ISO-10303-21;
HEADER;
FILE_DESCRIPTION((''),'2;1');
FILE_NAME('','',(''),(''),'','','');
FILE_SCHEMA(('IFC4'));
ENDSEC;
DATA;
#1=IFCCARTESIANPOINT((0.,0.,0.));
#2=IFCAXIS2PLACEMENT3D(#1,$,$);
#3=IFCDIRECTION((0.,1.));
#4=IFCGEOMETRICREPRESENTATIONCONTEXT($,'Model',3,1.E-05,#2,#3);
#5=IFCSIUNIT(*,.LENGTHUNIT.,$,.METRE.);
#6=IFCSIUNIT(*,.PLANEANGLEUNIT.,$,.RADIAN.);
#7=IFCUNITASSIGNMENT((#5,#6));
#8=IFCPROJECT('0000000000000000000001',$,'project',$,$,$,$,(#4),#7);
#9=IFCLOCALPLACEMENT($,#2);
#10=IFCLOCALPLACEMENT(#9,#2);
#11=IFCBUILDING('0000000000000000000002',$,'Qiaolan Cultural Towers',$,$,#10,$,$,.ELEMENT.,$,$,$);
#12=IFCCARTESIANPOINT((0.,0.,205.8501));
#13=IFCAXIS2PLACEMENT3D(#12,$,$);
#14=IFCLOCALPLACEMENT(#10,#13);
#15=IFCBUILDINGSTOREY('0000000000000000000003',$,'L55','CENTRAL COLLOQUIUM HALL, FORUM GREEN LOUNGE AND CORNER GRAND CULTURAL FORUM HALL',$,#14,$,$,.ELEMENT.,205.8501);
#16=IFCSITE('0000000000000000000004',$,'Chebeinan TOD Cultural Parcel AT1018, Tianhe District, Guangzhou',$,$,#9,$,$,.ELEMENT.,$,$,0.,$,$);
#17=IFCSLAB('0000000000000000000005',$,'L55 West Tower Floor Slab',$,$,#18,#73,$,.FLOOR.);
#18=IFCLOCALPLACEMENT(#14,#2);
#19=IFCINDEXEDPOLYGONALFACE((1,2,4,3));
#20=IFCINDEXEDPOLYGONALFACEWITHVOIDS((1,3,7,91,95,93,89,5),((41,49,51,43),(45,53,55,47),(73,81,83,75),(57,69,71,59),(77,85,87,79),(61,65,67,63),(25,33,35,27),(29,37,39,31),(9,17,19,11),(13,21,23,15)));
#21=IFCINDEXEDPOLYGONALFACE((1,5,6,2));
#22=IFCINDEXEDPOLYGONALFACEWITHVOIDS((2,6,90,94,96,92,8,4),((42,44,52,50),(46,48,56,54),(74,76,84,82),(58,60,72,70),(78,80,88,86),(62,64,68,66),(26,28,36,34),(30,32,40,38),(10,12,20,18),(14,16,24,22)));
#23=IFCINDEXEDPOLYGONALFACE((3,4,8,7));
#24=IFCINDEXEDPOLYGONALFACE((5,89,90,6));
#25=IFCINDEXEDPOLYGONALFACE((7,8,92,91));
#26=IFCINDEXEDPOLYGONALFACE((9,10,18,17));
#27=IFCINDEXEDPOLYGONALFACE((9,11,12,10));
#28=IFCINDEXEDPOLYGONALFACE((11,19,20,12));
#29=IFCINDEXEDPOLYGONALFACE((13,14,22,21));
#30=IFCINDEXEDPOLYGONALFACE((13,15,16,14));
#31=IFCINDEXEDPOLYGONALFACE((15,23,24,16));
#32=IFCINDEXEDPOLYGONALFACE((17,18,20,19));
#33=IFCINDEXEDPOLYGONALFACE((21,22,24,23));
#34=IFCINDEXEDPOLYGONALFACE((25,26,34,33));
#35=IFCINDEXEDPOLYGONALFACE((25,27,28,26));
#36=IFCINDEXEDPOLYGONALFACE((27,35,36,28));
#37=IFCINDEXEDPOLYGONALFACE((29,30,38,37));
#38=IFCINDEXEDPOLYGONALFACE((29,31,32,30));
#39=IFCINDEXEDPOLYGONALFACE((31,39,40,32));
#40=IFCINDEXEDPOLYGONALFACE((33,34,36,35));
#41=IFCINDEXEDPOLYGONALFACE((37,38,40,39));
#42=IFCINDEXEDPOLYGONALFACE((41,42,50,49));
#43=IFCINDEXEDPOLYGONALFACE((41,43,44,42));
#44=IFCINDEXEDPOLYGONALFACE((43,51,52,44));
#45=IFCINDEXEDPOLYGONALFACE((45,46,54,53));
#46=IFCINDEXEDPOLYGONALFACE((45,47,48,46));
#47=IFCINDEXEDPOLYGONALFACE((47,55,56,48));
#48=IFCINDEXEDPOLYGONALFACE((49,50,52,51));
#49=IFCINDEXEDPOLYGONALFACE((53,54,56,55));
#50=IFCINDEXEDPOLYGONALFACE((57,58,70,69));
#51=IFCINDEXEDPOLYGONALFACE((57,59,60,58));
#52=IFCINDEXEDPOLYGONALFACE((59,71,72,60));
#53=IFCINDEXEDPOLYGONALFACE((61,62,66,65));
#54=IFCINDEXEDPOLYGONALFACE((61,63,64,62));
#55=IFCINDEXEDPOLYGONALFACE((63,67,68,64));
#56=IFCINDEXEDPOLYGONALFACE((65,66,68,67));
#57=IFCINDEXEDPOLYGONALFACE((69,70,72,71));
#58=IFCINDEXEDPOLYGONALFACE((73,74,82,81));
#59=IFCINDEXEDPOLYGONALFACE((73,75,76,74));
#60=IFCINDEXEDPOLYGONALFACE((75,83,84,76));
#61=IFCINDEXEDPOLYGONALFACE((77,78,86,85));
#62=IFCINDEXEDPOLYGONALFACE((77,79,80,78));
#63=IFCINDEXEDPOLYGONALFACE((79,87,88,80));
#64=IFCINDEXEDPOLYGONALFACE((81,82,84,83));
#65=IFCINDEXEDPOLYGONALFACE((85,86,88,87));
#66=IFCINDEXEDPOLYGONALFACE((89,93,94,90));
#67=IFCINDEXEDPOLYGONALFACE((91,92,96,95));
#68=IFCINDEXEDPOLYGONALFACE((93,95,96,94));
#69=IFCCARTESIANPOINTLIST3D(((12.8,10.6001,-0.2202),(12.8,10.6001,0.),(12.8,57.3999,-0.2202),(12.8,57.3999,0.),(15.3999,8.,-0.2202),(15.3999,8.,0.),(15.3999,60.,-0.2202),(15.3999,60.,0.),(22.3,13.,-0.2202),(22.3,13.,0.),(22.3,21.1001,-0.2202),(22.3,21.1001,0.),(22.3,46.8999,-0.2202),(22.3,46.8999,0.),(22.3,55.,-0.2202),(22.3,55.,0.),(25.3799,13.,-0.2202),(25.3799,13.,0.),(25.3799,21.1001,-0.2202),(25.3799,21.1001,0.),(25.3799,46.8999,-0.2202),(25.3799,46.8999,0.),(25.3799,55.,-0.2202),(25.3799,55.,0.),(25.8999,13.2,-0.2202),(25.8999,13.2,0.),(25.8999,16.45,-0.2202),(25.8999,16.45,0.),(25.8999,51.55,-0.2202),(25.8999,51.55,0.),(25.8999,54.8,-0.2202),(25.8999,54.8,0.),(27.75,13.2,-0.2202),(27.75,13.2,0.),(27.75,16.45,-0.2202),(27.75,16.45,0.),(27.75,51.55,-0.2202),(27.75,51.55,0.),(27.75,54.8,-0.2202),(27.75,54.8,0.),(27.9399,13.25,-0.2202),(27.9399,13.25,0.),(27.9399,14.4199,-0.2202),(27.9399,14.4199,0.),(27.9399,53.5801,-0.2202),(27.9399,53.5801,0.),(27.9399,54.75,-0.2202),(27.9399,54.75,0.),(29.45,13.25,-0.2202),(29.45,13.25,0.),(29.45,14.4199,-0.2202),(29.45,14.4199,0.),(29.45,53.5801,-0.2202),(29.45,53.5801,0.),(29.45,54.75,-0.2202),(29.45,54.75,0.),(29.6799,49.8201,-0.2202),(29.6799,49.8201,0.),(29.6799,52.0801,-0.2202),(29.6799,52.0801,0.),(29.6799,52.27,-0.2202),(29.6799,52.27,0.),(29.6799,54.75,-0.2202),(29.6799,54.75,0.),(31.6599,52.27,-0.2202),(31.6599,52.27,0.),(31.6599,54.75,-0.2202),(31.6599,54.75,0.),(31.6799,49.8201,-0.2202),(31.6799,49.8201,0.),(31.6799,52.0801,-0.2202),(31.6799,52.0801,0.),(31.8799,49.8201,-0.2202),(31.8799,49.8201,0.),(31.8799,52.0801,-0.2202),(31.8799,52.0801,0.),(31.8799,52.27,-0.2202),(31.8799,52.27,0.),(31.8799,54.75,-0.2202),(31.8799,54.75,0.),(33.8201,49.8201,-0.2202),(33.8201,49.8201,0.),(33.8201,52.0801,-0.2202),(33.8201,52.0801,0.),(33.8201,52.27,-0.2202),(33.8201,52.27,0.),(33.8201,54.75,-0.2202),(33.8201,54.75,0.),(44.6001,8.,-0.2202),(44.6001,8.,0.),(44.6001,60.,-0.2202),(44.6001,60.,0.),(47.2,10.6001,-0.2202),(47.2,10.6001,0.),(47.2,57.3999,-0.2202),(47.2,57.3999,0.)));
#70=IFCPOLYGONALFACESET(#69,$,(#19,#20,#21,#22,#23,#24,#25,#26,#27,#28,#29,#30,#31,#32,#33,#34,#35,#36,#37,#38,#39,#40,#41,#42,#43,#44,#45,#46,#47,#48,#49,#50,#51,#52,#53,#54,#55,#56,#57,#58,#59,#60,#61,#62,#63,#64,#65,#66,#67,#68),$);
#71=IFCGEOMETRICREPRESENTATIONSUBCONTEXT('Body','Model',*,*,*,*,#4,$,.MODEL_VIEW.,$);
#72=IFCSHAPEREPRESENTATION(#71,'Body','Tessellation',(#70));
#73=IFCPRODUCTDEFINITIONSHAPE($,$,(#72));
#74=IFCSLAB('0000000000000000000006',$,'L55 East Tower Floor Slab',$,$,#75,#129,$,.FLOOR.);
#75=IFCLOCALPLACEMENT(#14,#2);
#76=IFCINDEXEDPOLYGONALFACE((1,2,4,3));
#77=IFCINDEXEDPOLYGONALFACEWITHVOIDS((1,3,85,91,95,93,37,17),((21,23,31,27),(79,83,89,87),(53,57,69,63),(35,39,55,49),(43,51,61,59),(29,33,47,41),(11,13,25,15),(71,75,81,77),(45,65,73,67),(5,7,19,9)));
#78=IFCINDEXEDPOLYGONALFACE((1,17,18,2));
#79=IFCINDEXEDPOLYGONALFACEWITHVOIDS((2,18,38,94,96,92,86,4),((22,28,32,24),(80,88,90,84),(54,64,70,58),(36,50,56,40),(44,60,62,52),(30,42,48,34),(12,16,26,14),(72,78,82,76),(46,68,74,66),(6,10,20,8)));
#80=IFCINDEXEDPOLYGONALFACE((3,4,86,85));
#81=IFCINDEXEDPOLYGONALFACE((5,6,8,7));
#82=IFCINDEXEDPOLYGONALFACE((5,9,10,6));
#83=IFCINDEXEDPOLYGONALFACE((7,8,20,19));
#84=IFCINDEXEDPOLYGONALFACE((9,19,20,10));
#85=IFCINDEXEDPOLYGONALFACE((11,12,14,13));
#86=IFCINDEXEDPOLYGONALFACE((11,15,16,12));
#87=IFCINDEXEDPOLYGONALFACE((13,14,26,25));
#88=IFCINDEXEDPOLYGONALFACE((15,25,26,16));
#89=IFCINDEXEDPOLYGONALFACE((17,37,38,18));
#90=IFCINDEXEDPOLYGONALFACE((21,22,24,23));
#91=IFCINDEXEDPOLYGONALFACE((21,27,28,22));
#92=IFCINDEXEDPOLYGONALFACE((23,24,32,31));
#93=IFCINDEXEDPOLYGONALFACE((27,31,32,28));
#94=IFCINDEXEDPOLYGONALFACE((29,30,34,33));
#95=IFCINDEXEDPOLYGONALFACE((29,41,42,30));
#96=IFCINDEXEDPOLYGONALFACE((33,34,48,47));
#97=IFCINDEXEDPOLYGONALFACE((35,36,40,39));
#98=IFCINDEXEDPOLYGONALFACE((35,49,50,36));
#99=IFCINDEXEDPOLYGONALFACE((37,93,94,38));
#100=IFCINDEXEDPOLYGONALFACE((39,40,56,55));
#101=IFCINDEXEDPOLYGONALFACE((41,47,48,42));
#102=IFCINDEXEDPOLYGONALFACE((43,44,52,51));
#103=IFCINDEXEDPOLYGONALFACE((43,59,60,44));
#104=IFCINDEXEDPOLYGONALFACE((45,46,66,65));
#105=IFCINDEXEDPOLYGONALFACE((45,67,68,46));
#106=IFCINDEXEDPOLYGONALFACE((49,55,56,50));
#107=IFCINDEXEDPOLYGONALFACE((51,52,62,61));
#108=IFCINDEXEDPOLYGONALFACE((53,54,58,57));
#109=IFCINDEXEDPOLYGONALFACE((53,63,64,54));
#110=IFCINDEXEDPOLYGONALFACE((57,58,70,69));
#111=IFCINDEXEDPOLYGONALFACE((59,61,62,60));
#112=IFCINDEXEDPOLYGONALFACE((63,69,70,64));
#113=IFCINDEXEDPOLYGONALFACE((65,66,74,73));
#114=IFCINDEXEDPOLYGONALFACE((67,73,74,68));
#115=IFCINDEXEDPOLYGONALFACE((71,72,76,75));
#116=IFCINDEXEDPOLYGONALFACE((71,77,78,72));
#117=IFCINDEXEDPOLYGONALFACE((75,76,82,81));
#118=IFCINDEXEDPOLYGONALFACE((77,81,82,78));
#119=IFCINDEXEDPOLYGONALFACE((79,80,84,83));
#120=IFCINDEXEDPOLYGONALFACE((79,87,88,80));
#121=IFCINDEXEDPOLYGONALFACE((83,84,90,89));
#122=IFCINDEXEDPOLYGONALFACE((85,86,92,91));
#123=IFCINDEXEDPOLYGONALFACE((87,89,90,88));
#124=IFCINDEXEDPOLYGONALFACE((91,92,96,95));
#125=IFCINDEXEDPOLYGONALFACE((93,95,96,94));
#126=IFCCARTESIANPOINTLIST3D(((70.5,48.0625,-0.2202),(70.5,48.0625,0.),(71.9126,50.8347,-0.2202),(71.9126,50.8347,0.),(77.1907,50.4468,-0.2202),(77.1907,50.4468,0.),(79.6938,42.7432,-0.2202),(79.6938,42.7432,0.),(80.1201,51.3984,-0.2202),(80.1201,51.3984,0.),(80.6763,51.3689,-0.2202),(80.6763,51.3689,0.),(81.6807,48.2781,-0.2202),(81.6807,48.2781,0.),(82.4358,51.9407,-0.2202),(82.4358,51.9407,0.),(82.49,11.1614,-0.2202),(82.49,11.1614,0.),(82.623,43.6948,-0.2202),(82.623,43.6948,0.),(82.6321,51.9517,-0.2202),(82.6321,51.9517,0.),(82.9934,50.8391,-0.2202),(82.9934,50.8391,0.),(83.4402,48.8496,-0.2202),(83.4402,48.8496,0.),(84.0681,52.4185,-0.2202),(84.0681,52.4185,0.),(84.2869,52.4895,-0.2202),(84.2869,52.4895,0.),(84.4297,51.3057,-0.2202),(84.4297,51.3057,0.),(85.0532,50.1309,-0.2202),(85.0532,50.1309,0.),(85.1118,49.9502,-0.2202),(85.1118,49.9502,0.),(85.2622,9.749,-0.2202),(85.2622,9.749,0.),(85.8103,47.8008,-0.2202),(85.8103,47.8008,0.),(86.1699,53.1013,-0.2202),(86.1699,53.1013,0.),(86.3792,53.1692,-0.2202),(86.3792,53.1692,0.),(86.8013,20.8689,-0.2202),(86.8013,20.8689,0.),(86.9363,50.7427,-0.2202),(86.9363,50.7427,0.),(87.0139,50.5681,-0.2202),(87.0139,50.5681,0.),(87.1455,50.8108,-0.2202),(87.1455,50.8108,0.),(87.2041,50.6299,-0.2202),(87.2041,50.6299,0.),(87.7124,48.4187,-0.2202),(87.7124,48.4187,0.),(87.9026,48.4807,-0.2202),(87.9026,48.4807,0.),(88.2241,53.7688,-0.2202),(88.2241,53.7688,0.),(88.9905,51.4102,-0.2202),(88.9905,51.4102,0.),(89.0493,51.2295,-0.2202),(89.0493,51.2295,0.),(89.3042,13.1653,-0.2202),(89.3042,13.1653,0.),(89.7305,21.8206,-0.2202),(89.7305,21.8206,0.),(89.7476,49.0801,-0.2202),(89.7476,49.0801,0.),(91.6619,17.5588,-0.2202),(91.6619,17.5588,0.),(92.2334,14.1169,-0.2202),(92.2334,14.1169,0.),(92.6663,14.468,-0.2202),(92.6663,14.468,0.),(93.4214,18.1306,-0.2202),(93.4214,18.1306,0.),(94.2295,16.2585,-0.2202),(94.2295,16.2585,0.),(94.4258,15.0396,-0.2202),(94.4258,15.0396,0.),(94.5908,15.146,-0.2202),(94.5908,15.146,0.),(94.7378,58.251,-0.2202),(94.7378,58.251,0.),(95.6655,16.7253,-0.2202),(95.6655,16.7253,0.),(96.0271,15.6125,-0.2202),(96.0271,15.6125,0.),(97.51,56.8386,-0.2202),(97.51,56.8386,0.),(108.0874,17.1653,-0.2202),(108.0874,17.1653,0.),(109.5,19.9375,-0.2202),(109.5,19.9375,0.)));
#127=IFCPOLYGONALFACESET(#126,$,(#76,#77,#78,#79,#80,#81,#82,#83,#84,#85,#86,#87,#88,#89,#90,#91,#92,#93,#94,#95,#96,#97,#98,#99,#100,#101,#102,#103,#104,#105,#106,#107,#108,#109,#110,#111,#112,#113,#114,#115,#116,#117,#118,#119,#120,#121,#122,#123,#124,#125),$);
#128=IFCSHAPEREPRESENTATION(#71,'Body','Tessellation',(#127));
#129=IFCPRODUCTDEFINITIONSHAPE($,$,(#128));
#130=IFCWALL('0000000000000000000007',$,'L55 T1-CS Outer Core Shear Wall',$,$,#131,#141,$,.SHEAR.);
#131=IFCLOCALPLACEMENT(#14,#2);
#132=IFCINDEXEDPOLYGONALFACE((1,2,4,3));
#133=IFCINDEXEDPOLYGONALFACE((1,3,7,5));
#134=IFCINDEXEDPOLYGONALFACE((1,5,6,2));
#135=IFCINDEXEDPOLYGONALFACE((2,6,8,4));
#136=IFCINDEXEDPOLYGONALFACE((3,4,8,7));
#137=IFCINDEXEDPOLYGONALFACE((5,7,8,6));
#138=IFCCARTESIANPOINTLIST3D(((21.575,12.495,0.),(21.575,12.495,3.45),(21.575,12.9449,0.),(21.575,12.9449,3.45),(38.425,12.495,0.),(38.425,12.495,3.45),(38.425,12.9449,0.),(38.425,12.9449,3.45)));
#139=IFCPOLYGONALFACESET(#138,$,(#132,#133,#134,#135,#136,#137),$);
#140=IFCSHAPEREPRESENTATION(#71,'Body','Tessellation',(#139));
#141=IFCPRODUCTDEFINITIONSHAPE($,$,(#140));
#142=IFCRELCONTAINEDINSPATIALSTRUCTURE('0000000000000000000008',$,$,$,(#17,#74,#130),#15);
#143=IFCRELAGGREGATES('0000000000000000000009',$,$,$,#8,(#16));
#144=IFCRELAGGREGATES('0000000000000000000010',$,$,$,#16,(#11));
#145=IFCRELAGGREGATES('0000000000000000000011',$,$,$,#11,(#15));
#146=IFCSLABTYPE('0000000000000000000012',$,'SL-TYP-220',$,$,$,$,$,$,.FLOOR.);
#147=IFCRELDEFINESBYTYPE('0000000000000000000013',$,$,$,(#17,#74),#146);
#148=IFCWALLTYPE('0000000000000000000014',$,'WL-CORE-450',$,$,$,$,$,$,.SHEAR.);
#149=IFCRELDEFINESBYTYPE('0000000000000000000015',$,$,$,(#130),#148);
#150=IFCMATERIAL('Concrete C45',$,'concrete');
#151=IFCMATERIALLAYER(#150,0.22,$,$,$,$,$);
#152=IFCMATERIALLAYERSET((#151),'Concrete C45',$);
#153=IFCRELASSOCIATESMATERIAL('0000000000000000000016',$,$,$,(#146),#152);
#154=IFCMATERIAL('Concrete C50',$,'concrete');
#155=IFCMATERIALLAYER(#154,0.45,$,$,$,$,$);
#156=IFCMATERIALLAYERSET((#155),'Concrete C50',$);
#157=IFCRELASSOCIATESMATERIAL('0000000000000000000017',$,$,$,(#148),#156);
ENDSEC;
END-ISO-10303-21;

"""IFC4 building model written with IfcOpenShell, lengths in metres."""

from ifc_helpers import new_model, si_unit, direction, frame, frame_2d, origin, place, context, subcontext, project, spatial, polyline, rectangle, outline, extrude, material, layer, layer_set, type_object, element, save


model = new_model("IFC4")

# Units and contexts
model_context = context("Model", 3, precision=1e-05, world=origin(), true_north=direction((0.0, 1.0)))
body_context = subcontext(model_context, "Body", "Model", "MODEL_VIEW")
ifc_project = project(units=[si_unit("LENGTHUNIT", "METRE"), si_unit("PLANEANGLEUNIT", "RADIAN")], contexts=[model_context])

# Site, building, storey
site_placement = place(None, origin())
site = spatial("IfcSite", under=ifc_project, at=site_placement, Name="Chebeinan TOD Cultural Parcel AT1018, Tianhe District, Guangzhou", CompositionType="ELEMENT", RefElevation=0.0)
building_placement = place(site_placement, origin())
building = spatial("IfcBuilding", under=site, at=building_placement, Name="Qiaolan Cultural Towers", CompositionType="ELEMENT")
storey_placement = place(building_placement, frame((0.0, 0.0, 205.8501)))
storey = spatial("IfcBuildingStorey", under=building, at=storey_placement, Name="L55", Description="CENTRAL COLLOQUIUM HALL, FORUM GREEN LOUNGE AND CORNER GRAND CULTURAL FORUM HALL", CompositionType="ELEMENT", Elevation=205.8501)

# Slabs
ifc_material_1 = material(Name="Concrete C45", Category="concrete")
ifc_layer_1 = layer(ifc_material_1, 0.22)
ifc_layer_set_1 = layer_set([ifc_layer_1], Name="Concrete C45")
slab_type_1 = type_object("IfcSlabType", Name="SL-TYP-220", PredefinedType="FLOOR", material=ifc_layer_set_1)
slab_1_placement = place(storey_placement, frame((0.0, 0.0, -0.2202)))
element("IfcSlab", 1, at=slab_1_placement, inside=storey, type_object=slab_type_1, Name="L55 West Tower Floor Slab", PredefinedType="FLOOR", context=body_context, shape_type="SweptSolid", body=[
    extrude(outline(polyline([(15.3999, 8.0), (44.6001, 8.0), (47.2, 10.6001), (47.2, 57.3999), (44.6001, 60.0), (15.3999, 60.0), (12.8, 57.3999), (12.8, 10.6001), (15.3999, 8.0)]), holes=[polyline([(22.3, 21.1001), (22.3, 13.0), (25.3799, 13.0), (25.3799, 21.1001), (22.3, 21.1001)]), polyline([(25.3799, 46.8999), (25.3799, 55.0), (22.3, 55.0), (22.3, 46.8999), (25.3799, 46.8999)]), polyline([(25.8999, 13.2), (27.75, 13.2), (27.75, 16.45), (25.8999, 16.45), (25.8999, 13.2)]), polyline([(27.9399, 13.25), (29.45, 13.25), (29.45, 14.4199), (27.9399, 14.4199), (27.9399, 13.25)]), polyline([(25.8999, 51.55), (27.75, 51.55), (27.75, 54.8), (25.8999, 54.8), (25.8999, 51.55)]), polyline([(27.9399, 53.5801), (29.45, 53.5801), (29.45, 54.75), (27.9399, 54.75), (27.9399, 53.5801)]), polyline([(29.6799, 49.8201), (31.6799, 49.8201), (31.6799, 52.0801), (29.6799, 52.0801), (29.6799, 49.8201)]), polyline([(31.8799, 49.8201), (33.8201, 49.8201), (33.8201, 52.0801), (31.8799, 52.0801), (31.8799, 49.8201)]), polyline([(29.6799, 52.27), (31.6599, 52.27), (31.6599, 54.75), (29.6799, 54.75), (29.6799, 52.27)]), polyline([(31.8799, 52.27), (33.8201, 52.27), (33.8201, 54.75), (31.8799, 54.75), (31.8799, 52.27)])]), origin(), (0.0, 0.0, 1.0), 0.2202),
])
slab_2_placement = place(storey_placement, frame((0.0, 0.0, -0.2202)))
element("IfcSlab", 2, at=slab_2_placement, inside=storey, type_object=slab_type_1, Name="L55 East Tower Floor Slab", PredefinedType="FLOOR", context=body_context, shape_type="SweptSolid", body=[
    extrude(outline(polyline([(85.2622, 9.749), (108.0874, 17.1653), (109.5, 19.9375), (97.51, 56.8386), (94.7378, 58.251), (71.9126, 50.8347), (70.5, 48.0625), (82.49, 11.1614), (85.2622, 9.749)]), holes=[polyline([(86.8013, 20.8689), (89.3042, 13.1653), (92.2334, 14.1169), (89.7305, 21.8206), (86.8013, 20.8689)]), polyline([(82.623, 43.6948), (80.1201, 51.3984), (77.1907, 50.4468), (79.6938, 42.7432), (82.623, 43.6948)]), polyline([(92.6663, 14.468), (94.4258, 15.0396), (93.4214, 18.1306), (91.6619, 17.5588), (92.6663, 14.468)]), polyline([(94.5908, 15.146), (96.0271, 15.6125), (95.6655, 16.7253), (94.2295, 16.2585), (94.5908, 15.146)]), polyline([(81.6807, 48.2781), (83.4402, 48.8496), (82.4358, 51.9407), (80.6763, 51.3689), (81.6807, 48.2781)]), polyline([(82.9934, 50.8391), (84.4297, 51.3057), (84.0681, 52.4185), (82.6321, 51.9517), (82.9934, 50.8391)]), polyline([(85.8103, 47.8008), (87.7124, 48.4187), (87.0139, 50.5681), (85.1118, 49.9502), (85.8103, 47.8008)]), polyline([(87.9026, 48.4807), (89.7476, 49.0801), (89.0493, 51.2295), (87.2041, 50.6299), (87.9026, 48.4807)]), polyline([(85.0532, 50.1309), (86.9363, 50.7427), (86.1699, 53.1013), (84.2869, 52.4895), (85.0532, 50.1309)]), polyline([(87.1455, 50.8108), (88.9905, 51.4102), (88.2241, 53.7688), (86.3792, 53.1692), (87.1455, 50.8108)])]), origin(), (0.0, 0.0, 1.0), 0.2202),
])

# Wall
ifc_material_2 = material(Name="Concrete C50", Category="concrete")
ifc_layer_2 = layer(ifc_material_2, 0.45)
ifc_layer_set_2 = layer_set([ifc_layer_2], Name="Concrete C50")
wall_type_1 = type_object("IfcWallType", Name="WL-CORE-450", PredefinedType="SHEAR", material=ifc_layer_set_2)
wall_1_placement = place(storey_placement, frame((21.575, 12.72, 0.0), z_axis=(0.0, 0.0, 1.0), x_axis=(1.0, 0.0, 0.0)))
element("IfcWall", 3, at=wall_1_placement, inside=storey, type_object=wall_type_1, Name="L55 T1-CS Outer Core Shear Wall", PredefinedType="SHEAR", context=body_context, shape_type="SweptSolid", body=[
    extrude(rectangle(XDim=16.8501, YDim=0.45, at=frame_2d((8.425, 0.0))), origin(), (0.0, 0.0, 1.0), 3.45),
])

save(model, "model.ifc")
